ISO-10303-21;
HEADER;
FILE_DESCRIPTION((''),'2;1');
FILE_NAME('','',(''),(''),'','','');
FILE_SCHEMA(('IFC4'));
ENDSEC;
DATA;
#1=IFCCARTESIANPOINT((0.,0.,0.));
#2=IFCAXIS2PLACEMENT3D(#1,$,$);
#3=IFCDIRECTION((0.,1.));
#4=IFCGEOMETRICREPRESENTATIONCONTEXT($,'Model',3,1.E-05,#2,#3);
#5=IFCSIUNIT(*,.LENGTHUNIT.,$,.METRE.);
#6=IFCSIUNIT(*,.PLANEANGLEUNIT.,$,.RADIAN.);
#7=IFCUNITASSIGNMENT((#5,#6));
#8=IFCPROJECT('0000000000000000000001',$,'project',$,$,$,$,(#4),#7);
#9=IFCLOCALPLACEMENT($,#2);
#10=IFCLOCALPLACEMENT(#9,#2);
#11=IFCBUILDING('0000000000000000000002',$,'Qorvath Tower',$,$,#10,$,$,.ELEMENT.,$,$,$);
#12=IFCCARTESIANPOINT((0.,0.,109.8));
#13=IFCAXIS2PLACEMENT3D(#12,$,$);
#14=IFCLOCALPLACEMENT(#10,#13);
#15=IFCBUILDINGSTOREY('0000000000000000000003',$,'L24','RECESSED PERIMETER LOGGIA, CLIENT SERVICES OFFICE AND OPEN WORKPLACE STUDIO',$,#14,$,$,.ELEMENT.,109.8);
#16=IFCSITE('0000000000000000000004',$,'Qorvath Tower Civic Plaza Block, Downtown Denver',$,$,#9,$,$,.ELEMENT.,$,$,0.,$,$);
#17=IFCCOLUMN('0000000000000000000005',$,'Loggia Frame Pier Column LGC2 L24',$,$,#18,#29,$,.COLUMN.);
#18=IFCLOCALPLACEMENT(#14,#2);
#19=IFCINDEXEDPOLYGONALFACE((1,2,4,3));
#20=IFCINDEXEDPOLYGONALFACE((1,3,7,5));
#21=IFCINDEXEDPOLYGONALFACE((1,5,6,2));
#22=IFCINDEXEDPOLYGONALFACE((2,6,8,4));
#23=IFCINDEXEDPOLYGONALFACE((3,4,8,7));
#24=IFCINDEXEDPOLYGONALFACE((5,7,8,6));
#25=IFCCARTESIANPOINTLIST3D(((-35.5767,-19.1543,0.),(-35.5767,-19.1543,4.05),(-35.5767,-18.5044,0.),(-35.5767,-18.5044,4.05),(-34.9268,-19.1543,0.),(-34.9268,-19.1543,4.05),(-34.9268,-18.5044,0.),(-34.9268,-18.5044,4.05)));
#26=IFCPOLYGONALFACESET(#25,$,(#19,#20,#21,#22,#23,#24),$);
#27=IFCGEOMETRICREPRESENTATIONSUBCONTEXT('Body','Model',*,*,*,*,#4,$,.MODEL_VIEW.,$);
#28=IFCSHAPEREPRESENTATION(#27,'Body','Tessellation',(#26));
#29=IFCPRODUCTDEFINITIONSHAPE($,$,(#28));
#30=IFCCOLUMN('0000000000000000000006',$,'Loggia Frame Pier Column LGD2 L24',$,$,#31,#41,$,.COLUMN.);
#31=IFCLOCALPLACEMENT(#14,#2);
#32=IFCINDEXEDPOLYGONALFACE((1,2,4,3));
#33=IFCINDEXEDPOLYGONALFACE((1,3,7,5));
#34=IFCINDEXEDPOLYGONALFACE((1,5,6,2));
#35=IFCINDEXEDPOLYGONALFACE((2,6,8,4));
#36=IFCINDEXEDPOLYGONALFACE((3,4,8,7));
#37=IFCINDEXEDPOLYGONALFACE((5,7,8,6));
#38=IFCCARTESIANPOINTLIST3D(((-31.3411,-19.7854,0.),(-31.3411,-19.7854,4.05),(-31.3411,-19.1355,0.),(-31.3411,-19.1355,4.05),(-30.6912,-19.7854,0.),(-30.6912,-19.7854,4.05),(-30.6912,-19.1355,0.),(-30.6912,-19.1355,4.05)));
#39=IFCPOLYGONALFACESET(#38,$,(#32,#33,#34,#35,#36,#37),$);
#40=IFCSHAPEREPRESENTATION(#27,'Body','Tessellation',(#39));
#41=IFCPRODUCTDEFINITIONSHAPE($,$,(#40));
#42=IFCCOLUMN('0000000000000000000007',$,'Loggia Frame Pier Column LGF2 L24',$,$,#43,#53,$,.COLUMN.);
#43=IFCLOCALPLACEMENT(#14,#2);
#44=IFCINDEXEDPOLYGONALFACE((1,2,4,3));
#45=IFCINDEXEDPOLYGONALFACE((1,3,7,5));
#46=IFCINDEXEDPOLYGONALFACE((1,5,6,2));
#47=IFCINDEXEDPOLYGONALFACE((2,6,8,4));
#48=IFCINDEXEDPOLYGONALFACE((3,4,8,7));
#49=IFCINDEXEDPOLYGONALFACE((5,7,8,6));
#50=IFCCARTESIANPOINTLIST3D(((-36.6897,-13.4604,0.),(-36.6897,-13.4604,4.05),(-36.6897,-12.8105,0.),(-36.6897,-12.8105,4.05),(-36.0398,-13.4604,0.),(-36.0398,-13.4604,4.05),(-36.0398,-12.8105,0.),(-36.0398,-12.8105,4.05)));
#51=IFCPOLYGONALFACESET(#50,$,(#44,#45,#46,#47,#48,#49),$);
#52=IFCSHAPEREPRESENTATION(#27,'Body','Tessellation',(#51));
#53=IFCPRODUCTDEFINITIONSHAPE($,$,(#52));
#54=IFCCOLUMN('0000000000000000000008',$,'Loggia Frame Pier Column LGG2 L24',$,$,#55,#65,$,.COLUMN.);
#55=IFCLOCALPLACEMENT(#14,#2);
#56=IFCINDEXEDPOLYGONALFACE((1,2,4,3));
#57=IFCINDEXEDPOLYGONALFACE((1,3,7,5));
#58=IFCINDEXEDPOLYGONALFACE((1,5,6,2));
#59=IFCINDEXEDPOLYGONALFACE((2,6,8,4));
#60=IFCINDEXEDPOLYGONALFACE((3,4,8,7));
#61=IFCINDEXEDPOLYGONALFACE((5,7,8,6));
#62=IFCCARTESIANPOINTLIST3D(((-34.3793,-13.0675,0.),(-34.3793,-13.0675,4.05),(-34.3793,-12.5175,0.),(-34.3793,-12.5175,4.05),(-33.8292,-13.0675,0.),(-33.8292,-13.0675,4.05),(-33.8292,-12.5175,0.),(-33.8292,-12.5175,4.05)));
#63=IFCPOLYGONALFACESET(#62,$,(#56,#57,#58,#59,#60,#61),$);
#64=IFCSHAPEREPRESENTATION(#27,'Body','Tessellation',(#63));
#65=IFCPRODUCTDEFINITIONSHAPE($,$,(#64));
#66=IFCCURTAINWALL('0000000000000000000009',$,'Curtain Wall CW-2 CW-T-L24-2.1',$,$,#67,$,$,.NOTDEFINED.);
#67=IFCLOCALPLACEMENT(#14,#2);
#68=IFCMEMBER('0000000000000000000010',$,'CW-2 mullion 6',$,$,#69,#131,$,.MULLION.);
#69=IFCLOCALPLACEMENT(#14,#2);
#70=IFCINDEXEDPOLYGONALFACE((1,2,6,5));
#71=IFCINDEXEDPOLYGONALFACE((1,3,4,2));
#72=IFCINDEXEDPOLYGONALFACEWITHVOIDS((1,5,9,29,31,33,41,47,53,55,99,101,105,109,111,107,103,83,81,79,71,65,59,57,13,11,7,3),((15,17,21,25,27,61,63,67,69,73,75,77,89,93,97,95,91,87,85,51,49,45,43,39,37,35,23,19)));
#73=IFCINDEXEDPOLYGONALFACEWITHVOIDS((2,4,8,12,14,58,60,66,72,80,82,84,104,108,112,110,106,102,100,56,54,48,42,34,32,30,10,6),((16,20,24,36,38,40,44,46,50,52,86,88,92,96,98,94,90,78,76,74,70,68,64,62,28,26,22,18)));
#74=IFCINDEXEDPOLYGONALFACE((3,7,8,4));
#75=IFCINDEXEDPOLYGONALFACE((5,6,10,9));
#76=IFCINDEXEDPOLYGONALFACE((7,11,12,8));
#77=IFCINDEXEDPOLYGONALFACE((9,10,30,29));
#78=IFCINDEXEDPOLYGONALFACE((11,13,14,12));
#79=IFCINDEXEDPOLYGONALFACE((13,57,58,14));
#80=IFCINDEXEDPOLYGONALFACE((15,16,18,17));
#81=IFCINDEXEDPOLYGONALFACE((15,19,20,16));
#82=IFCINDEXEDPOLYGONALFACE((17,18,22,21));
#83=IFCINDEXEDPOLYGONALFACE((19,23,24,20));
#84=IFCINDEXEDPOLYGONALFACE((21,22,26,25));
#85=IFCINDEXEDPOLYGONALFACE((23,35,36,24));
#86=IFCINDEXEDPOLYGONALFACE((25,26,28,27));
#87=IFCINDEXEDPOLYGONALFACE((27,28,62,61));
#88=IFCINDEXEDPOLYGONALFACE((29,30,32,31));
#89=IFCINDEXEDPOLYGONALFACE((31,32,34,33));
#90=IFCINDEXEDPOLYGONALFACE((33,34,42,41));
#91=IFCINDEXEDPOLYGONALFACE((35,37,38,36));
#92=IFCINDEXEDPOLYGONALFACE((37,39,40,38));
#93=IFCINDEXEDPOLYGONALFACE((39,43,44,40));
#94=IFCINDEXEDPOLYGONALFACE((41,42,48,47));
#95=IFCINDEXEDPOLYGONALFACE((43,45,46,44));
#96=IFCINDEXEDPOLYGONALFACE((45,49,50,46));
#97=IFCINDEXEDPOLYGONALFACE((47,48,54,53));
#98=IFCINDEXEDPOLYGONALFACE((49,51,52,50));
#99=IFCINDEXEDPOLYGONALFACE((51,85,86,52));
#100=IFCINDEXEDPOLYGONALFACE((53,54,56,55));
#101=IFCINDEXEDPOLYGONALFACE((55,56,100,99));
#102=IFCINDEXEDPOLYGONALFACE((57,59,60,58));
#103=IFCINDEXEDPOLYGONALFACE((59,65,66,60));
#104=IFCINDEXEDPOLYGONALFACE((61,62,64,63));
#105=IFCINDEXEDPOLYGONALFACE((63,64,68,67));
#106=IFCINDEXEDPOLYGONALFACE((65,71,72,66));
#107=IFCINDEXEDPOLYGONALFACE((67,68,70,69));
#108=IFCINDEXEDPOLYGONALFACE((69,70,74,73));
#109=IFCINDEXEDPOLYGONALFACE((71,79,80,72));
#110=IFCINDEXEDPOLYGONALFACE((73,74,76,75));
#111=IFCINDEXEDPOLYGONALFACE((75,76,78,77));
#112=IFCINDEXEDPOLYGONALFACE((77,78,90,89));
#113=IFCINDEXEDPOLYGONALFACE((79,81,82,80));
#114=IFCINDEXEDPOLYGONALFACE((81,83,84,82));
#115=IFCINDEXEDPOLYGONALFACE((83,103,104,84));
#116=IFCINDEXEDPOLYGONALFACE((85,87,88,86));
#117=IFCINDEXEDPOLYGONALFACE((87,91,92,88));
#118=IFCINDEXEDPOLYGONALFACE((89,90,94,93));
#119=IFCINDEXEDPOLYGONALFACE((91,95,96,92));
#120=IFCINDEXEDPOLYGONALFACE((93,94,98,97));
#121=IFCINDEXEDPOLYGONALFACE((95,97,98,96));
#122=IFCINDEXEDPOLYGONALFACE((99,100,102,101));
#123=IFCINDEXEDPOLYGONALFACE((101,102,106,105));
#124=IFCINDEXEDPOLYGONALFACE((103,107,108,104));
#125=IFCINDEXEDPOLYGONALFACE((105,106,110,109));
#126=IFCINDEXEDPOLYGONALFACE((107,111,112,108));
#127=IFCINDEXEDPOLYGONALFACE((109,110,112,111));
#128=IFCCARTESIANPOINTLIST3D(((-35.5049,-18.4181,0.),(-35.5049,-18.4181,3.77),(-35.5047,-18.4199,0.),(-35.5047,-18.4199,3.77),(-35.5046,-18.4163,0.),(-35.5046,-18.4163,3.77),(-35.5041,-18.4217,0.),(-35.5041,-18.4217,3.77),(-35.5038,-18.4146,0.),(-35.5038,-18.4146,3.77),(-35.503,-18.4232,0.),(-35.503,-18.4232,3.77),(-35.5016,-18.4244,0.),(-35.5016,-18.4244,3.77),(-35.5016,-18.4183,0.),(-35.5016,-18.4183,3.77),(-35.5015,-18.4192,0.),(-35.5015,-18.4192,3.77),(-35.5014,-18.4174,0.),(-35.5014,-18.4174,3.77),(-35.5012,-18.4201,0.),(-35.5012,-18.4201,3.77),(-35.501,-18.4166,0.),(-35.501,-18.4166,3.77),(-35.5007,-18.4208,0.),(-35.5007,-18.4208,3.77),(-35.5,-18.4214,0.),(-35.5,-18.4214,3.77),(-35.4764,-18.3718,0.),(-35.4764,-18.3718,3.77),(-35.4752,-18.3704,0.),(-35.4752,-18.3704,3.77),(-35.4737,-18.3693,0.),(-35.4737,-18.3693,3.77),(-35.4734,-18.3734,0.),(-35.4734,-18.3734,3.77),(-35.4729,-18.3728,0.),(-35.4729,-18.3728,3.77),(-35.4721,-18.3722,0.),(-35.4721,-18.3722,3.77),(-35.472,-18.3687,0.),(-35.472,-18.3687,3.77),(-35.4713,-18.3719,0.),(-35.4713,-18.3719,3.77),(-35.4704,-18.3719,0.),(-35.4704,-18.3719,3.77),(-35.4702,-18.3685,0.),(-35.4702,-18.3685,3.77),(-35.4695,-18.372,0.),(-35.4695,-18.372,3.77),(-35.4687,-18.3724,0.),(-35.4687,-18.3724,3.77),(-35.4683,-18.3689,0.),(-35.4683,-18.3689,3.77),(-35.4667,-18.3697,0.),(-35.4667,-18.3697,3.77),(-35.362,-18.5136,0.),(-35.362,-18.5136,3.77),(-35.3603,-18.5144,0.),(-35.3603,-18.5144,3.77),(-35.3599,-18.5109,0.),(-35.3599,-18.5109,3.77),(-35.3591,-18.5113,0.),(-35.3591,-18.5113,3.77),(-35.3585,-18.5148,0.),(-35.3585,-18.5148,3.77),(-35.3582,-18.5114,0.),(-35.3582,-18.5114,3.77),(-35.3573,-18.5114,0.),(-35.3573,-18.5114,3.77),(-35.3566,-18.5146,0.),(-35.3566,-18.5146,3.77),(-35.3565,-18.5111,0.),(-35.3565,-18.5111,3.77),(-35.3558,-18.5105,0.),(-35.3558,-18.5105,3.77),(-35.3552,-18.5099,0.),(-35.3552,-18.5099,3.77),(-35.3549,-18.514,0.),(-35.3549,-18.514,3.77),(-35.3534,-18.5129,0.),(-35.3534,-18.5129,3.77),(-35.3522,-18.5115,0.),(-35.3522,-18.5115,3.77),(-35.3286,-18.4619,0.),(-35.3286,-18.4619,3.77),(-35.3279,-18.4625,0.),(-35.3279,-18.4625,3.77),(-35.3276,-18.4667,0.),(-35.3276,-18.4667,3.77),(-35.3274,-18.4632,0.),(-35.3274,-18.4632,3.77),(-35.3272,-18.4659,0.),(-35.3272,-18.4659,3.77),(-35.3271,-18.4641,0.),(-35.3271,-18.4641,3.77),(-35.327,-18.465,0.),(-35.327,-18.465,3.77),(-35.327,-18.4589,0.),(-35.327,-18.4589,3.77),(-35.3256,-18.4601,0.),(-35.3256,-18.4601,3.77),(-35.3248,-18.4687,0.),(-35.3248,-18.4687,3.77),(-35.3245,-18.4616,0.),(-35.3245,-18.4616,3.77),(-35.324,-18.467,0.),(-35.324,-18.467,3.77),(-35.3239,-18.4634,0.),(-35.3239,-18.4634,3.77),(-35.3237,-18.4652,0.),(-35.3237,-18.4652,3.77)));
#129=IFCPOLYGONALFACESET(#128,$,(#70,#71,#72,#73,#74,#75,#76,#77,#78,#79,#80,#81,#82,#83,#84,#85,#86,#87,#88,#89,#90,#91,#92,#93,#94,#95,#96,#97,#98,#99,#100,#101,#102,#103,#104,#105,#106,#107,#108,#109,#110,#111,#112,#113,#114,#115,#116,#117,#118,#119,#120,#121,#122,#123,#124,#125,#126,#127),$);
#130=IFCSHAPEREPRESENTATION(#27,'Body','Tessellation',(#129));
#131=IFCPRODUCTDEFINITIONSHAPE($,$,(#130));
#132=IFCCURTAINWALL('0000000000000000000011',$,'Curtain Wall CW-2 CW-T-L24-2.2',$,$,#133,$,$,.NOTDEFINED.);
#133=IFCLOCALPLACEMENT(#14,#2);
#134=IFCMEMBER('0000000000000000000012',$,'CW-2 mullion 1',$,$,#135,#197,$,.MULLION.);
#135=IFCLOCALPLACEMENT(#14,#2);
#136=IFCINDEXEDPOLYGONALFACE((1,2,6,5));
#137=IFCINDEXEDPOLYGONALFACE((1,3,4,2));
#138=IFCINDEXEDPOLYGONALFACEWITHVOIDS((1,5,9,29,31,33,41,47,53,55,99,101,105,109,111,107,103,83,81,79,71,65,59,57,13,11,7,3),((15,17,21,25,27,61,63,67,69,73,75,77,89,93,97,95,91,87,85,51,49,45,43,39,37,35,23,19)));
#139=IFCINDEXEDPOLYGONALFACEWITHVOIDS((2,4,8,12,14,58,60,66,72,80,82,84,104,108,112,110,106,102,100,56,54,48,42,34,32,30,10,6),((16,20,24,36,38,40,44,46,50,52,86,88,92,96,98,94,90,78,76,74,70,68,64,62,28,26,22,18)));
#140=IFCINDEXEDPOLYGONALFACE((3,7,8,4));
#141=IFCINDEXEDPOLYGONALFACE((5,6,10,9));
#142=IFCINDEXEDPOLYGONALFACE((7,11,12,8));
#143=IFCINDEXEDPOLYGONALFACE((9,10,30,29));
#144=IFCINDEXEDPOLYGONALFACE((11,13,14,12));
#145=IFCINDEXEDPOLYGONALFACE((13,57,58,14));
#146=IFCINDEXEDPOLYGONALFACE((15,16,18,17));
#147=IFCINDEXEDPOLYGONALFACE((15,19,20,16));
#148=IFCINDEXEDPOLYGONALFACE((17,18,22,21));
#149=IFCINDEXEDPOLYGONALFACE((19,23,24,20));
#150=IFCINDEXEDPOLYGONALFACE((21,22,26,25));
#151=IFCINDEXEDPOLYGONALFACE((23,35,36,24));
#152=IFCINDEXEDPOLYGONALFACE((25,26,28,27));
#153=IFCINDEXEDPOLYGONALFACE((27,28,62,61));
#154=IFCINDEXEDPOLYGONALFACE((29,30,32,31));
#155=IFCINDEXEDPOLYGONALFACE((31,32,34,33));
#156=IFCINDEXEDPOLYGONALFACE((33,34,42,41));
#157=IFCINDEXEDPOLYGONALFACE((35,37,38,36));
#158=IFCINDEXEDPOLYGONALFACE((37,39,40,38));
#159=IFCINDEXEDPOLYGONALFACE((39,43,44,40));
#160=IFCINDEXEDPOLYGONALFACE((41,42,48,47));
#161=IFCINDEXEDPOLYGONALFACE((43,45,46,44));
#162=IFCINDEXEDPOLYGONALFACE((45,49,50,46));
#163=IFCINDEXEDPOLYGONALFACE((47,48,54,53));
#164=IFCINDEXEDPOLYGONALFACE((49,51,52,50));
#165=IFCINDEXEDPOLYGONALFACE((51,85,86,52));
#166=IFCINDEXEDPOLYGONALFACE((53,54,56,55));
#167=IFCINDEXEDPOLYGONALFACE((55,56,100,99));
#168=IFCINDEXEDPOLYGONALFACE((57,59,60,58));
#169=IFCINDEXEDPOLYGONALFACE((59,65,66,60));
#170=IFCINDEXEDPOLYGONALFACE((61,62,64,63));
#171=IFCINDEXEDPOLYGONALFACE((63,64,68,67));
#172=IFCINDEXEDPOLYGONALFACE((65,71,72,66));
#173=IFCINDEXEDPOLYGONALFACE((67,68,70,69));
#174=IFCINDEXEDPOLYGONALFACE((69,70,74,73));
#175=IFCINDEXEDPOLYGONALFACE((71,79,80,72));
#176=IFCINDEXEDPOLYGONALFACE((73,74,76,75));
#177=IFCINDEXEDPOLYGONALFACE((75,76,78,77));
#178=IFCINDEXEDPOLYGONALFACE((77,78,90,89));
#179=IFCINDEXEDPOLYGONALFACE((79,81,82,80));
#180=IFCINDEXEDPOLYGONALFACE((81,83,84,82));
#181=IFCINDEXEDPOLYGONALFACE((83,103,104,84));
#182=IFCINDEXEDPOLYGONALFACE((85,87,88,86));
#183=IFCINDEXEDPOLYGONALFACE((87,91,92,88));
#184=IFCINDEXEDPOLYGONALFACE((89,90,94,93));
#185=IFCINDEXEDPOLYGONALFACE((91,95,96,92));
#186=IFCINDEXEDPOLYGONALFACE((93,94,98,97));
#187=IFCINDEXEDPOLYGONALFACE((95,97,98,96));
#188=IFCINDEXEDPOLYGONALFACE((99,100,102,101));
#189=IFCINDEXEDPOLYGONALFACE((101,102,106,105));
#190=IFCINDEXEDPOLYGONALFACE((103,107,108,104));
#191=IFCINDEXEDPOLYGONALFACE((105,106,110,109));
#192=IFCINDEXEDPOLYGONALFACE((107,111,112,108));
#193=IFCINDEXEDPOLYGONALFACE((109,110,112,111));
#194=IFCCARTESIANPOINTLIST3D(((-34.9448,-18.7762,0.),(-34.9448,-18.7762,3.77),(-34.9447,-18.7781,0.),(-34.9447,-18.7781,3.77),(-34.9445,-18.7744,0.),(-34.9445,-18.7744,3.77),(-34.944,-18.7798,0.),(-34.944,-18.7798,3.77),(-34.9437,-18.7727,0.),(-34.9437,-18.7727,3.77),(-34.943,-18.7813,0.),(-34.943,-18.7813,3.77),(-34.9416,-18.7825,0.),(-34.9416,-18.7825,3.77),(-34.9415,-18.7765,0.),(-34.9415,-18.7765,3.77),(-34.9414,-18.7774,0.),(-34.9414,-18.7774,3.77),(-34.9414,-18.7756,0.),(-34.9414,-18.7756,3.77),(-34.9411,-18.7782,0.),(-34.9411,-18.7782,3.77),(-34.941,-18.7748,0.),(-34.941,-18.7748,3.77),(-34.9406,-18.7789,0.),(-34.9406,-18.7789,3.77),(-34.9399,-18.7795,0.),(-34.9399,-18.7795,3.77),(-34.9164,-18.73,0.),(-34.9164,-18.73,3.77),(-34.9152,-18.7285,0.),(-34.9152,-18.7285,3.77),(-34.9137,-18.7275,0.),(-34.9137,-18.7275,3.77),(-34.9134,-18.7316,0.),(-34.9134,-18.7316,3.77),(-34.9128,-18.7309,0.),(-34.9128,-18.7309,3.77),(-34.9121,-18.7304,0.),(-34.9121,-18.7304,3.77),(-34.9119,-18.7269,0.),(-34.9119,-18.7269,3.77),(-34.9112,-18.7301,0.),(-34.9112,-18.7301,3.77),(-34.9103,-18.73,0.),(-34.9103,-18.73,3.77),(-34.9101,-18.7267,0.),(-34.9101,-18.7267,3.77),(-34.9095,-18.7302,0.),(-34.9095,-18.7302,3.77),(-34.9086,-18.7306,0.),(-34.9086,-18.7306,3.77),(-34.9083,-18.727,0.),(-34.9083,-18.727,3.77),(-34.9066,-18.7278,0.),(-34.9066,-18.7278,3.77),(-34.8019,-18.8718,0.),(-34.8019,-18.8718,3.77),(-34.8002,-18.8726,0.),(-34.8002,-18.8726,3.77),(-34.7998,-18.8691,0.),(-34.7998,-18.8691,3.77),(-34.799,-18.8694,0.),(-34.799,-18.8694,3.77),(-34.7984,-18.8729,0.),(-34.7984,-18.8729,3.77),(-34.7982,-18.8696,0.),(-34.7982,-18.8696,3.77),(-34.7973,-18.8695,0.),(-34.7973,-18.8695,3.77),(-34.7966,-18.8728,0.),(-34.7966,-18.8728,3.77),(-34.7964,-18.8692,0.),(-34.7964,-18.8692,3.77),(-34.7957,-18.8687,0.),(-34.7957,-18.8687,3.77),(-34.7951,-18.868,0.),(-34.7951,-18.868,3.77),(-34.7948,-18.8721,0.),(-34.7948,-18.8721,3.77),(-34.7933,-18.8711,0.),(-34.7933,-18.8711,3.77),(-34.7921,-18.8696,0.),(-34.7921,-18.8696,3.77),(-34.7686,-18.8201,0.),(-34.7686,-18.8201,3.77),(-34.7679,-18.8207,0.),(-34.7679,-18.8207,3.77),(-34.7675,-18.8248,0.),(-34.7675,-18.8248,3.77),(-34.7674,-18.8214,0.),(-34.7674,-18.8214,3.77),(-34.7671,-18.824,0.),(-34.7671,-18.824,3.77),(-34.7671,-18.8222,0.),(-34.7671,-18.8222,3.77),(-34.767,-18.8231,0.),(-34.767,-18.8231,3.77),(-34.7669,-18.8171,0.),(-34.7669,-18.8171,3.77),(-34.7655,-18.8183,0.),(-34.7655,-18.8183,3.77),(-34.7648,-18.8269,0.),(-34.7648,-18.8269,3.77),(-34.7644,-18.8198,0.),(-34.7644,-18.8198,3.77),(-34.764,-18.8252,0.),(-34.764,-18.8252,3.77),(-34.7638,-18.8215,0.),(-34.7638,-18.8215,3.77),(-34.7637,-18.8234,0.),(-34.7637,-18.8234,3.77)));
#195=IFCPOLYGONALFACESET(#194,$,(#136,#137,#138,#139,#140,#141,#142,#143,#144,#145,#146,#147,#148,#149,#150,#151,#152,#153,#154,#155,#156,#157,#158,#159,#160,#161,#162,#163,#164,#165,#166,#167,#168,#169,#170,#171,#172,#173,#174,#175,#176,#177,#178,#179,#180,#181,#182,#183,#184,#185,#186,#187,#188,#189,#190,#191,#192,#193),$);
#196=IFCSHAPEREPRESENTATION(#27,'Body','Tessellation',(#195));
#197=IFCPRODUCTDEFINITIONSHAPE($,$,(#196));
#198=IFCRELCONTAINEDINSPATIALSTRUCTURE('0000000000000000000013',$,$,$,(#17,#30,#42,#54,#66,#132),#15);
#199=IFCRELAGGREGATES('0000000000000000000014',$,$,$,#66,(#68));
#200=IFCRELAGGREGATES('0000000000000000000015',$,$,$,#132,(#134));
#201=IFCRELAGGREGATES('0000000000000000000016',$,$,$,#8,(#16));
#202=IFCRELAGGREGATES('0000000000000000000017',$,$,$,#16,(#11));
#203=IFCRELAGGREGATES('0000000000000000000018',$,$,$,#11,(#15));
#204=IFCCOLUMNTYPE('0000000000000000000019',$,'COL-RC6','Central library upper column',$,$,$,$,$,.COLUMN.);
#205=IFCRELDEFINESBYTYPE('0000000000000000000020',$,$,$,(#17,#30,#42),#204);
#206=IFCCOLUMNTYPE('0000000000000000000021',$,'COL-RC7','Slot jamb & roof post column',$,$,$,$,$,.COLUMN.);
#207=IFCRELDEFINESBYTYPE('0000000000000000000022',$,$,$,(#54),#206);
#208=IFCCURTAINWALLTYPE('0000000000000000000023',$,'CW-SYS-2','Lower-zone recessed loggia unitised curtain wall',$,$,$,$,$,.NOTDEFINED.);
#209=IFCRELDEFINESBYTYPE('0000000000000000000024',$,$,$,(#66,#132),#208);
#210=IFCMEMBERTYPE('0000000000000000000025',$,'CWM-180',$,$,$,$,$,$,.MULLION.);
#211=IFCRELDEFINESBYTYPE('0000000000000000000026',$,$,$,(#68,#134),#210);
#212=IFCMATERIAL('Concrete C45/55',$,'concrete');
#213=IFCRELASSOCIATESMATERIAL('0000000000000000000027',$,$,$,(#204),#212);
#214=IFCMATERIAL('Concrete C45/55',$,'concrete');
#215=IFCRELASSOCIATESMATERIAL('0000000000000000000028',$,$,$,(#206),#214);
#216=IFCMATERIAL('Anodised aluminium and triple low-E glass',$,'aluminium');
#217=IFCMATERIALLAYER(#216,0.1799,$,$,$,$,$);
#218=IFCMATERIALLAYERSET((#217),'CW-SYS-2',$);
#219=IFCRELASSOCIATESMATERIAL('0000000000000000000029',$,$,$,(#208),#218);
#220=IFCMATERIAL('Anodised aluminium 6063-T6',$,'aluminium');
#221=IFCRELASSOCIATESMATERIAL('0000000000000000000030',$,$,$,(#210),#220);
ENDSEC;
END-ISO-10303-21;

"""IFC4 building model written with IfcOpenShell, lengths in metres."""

from ifc_helpers import new_model, si_unit, direction, frame, origin, origin_2d, place, context, subcontext, project, spatial, rectangle, hollow_rectangle, extrude, material, layer, layer_set, material_profile, profile_set, type_object, element, aggregate, save


model = new_model("IFC4")

# Units and contexts
model_context = context("Model", 3, precision=1e-05, world=origin(), true_north=direction((0.0, 1.0)))
body_context = subcontext(model_context, "Body", "Model", "MODEL_VIEW")
ifc_project = project(units=[si_unit("LENGTHUNIT", "METRE"), si_unit("PLANEANGLEUNIT", "RADIAN")], contexts=[model_context])

# Site, building, storey
site_placement = place(None, origin())
site = spatial("IfcSite", under=ifc_project, at=site_placement, Name="Qorvath Tower Civic Plaza Block, Downtown Denver", CompositionType="ELEMENT", RefElevation=0.0)
building_placement = place(site_placement, origin())
building = spatial("IfcBuilding", under=site, at=building_placement, Name="Qorvath Tower", CompositionType="ELEMENT")
storey_placement = place(building_placement, frame((0.0, 0.0, 109.8)))
storey = spatial("IfcBuildingStorey", under=building, at=storey_placement, Name="L24", Description="RECESSED PERIMETER LOGGIA, CLIENT SERVICES OFFICE AND OPEN WORKPLACE STUDIO", CompositionType="ELEMENT", Elevation=109.8)

# Columns
ifc_material_1 = material(Name="Concrete C45/55", Category="concrete")
ifc_material_profile_1 = material_profile(ifc_material_1, rectangle(XDim=0.6499, YDim=0.6499, at=origin_2d()), Name="RC 650x650")
ifc_profile_set_1 = profile_set([ifc_material_profile_1], Name="Concrete C45/55")
column_type_1 = type_object("IfcColumnType", Name="COL-RC6", Description="Central library upper column", PredefinedType="COLUMN", material=ifc_profile_set_1)
for number, where, z_axis, x_axis, name in (
    (1, (-35.2517, -18.8293, 0.0), (0.0, 0.0, 1.0), (1.0, 0.0, 0.0), "Loggia Frame Pier Column LGC2 L24"),
    (2, (-31.0161, -19.4604, 0.0), (0.0, 0.0, 1.0), (1.0, 0.0, 0.0), "Loggia Frame Pier Column LGD2 L24"),
    (3, (-36.3647, -13.1355, 0.0), (0.0, 0.0, 1.0), (1.0, 0.0, 0.0), "Loggia Frame Pier Column LGF2 L24"),
):
    element("IfcColumn", number, at=place(storey_placement, frame(where, z_axis=z_axis, x_axis=x_axis)), inside=storey, type_object=column_type_1, Name=name, PredefinedType="COLUMN", context=body_context, shape_type="SweptSolid", body=[
        extrude(rectangle(XDim=0.6499, YDim=0.6499, at=origin_2d()), origin(), (0.0, 0.0, 1.0), 4.05),
    ])
ifc_material_2 = material(Name="Concrete C45/55", Category="concrete")
ifc_material_profile_2 = material_profile(ifc_material_2, rectangle(XDim=0.55, YDim=0.55, at=origin_2d()), Name="RC 550x550")
ifc_profile_set_2 = profile_set([ifc_material_profile_2], Name="Concrete C45/55")
column_type_2 = type_object("IfcColumnType", Name="COL-RC7", Description="Slot jamb & roof post column", PredefinedType="COLUMN", material=ifc_profile_set_2)
column_placement = place(storey_placement, frame((-34.1042, -12.7925, 0.0), z_axis=(0.0, 0.0, 1.0), x_axis=(1.0, 0.0, 0.0)))
element("IfcColumn", 4, at=column_placement, inside=storey, type_object=column_type_2, Name="Loggia Frame Pier Column LGG2 L24", PredefinedType="COLUMN", context=body_context, shape_type="SweptSolid", body=[
    extrude(rectangle(XDim=0.55, YDim=0.55, at=origin_2d()), origin(), (0.0, 0.0, 1.0), 4.05),
])

# Curtain wall, member
ifc_material_3 = material(Name="Anodised aluminium and triple low-E glass", Category="aluminium")
ifc_layer_1 = layer(ifc_material_3, 0.1799)
ifc_layer_set_1 = layer_set([ifc_layer_1], Name="CW-SYS-2")
curtain_wall_type = type_object("IfcCurtainWallType", Name="CW-SYS-2", Description="Lower-zone recessed loggia unitised curtain wall", PredefinedType="NOTDEFINED", material=ifc_layer_set_1)
curtain_wall_1_placement = place(storey_placement, origin())
curtain_wall_1 = element("IfcCurtainWall", 5, at=curtain_wall_1_placement, inside=storey, type_object=curtain_wall_type, Name="Curtain Wall CW-2 CW-T-L24-2.1", PredefinedType="NOTDEFINED")
ifc_material_4 = material(Name="Anodised aluminium 6063-T6", Category="aluminium")
ifc_material_profile_3 = material_profile(ifc_material_4, hollow_rectangle(XDim=0.0649, YDim=0.1799, WallThickness=0.0034, InnerFilletRadius=0.0034, OuterFilletRadius=0.0071, at=origin_2d()), Name="CWM 180x65")
ifc_profile_set_3 = profile_set([ifc_material_profile_3], Name="Anodised aluminium 6063-T6")
member_type_1 = type_object("IfcMemberType", Name="CWM-180", PredefinedType="MULLION", material=ifc_profile_set_3)
member_1_placement = place(storey_placement, frame((-35.4143, -18.4417, 0.0), z_axis=(0.0, 0.0, 1.0), x_axis=(0.53853, 0.842606, 0.0)))
member_1 = element("IfcMember", 6, at=member_1_placement, type_object=member_type_1, Name="CW-2 mullion 6", PredefinedType="MULLION", context=body_context, shape_type="SweptSolid", body=[
    extrude(hollow_rectangle(XDim=0.0649, YDim=0.1799, WallThickness=0.0034, InnerFilletRadius=0.0034, OuterFilletRadius=0.0071, at=origin_2d()), origin(), (0.0, 0.0, 1.0), 3.77),
])

# Curtain wall, member
curtain_wall_2_placement = place(storey_placement, origin())
curtain_wall_2 = element("IfcCurtainWall", 7, at=curtain_wall_2_placement, inside=storey, type_object=curtain_wall_type, Name="Curtain Wall CW-2 CW-T-L24-2.2", PredefinedType="NOTDEFINED")
member_2_placement = place(storey_placement, frame((-34.8542, -18.7998, 0.0), z_axis=(0.0, 0.0, 1.0), x_axis=(0.538538, 0.842601, 0.0)))
member_2 = element("IfcMember", 8, at=member_2_placement, type_object=member_type_1, Name="CW-2 mullion 1", PredefinedType="MULLION", context=body_context, shape_type="SweptSolid", body=[
    extrude(hollow_rectangle(XDim=0.0649, YDim=0.1799, WallThickness=0.0034, InnerFilletRadius=0.0034, OuterFilletRadius=0.0071, at=origin_2d()), origin(), (0.0, 0.0, 1.0), 3.77),
])

aggregate(curtain_wall_1, [member_1])
aggregate(curtain_wall_2, [member_2])

save(model, "model.ifc")
